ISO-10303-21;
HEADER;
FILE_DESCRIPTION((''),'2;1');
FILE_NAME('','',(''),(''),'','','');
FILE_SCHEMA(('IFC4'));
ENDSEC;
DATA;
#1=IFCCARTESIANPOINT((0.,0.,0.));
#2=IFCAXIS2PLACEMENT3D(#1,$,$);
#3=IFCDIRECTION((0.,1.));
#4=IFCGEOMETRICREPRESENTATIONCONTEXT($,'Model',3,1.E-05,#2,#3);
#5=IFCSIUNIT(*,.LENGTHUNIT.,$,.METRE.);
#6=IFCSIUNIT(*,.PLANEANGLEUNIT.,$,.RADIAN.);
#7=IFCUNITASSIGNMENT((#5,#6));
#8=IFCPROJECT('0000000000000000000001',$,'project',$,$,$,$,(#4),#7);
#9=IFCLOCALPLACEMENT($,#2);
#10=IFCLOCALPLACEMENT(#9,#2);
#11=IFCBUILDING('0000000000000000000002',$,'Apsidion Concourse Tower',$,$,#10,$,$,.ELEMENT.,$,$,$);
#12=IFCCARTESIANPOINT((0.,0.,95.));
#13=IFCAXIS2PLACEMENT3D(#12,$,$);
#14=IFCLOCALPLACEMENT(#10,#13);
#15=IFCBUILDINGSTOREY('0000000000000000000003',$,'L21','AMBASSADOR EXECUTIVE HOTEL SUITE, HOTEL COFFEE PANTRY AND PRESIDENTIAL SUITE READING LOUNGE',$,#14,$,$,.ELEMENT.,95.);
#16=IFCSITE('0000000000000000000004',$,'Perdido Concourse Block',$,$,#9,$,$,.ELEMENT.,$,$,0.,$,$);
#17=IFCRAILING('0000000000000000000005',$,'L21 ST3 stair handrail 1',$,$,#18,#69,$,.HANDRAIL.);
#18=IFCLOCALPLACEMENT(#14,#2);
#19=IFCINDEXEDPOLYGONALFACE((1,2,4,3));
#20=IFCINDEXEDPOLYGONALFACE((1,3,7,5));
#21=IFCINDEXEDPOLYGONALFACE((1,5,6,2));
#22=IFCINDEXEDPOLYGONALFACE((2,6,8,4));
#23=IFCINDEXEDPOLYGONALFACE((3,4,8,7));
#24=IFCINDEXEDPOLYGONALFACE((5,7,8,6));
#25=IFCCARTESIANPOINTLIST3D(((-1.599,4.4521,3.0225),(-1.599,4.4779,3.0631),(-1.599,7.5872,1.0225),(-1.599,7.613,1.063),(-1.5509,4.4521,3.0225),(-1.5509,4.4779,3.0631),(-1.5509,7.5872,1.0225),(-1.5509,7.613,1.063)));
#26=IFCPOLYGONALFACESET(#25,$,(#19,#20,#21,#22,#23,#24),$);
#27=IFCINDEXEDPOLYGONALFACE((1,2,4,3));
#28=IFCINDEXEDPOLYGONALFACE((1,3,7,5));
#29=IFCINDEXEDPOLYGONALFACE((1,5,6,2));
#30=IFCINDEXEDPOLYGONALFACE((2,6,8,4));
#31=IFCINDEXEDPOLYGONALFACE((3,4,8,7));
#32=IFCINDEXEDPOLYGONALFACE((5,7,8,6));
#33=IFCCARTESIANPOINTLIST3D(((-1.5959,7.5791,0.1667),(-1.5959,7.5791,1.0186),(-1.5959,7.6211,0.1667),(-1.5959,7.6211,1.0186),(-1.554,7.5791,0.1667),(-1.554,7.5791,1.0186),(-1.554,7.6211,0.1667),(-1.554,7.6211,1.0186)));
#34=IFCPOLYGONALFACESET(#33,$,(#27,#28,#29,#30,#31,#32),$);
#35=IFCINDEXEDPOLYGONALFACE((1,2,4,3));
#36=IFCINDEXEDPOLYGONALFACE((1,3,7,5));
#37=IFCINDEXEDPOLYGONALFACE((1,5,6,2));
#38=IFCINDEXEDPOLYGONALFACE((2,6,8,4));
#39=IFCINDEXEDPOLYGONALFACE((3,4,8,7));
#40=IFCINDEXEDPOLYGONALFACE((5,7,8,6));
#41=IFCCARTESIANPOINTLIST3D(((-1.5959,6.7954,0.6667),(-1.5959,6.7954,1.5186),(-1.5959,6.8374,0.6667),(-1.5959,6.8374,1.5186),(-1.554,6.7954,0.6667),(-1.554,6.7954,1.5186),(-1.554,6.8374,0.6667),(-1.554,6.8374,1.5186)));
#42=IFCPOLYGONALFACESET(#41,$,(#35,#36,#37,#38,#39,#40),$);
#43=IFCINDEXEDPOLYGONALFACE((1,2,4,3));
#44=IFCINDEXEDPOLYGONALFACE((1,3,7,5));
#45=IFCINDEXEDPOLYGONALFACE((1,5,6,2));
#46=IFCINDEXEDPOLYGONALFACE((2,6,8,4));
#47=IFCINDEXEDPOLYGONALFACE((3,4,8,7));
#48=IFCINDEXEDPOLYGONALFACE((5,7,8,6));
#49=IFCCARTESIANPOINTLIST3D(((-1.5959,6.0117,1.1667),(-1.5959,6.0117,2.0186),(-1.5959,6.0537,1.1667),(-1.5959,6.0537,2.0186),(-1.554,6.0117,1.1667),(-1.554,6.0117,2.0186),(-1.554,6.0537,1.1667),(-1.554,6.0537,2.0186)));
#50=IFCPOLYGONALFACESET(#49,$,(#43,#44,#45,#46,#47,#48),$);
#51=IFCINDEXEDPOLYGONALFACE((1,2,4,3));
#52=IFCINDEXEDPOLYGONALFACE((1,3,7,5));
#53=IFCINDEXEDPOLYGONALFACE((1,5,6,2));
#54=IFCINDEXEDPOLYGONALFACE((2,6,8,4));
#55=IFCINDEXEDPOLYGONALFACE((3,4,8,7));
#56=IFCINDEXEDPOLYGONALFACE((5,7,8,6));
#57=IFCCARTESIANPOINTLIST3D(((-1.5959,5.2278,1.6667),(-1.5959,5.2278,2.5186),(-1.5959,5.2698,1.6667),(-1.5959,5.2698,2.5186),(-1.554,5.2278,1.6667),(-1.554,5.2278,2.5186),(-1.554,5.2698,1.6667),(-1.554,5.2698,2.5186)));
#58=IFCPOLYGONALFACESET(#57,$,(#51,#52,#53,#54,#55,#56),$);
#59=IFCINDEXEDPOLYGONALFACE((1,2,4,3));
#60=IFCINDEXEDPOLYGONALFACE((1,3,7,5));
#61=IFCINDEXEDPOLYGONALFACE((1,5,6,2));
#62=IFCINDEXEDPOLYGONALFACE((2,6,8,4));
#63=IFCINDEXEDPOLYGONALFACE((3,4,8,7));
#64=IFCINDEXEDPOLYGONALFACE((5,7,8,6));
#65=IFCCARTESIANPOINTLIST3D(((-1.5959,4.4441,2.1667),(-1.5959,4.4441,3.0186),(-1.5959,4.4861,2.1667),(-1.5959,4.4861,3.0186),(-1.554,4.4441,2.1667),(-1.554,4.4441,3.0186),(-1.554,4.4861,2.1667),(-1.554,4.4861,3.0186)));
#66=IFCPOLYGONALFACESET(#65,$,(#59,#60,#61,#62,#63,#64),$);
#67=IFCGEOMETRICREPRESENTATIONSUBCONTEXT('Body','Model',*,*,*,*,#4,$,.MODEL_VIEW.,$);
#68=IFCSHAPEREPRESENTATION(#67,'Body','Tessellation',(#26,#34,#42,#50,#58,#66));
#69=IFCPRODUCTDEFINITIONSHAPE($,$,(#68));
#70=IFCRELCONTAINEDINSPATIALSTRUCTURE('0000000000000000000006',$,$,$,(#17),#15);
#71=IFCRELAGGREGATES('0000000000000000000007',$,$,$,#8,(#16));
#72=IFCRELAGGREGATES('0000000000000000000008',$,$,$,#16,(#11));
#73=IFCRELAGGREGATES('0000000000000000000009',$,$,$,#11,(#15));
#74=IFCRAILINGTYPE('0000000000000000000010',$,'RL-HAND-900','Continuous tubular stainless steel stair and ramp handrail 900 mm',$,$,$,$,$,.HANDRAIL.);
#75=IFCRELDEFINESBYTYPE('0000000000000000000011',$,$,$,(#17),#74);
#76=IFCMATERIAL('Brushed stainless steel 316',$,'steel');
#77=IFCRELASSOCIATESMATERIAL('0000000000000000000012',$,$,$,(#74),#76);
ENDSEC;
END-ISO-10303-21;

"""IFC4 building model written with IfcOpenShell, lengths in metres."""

from ifc_helpers import new_model, si_unit, direction, frame, origin, origin_2d, place, context, subcontext, project, spatial, rectangle, extrude, material, type_object, element, save


model = new_model("IFC4")

# Units and contexts
model_context = context("Model", 3, precision=1e-05, world=origin(), true_north=direction((0.0, 1.0)))
body_context = subcontext(model_context, "Body", "Model", "MODEL_VIEW")
ifc_project = project(units=[si_unit("LENGTHUNIT", "METRE"), si_unit("PLANEANGLEUNIT", "RADIAN")], contexts=[model_context])

# Site, building, storey
site_placement = place(None, origin())
site = spatial("IfcSite", under=ifc_project, at=site_placement, Name="Perdido Concourse Block", CompositionType="ELEMENT", RefElevation=0.0)
building_placement = place(site_placement, origin())
building = spatial("IfcBuilding", under=site, at=building_placement, Name="Apsidion Concourse Tower", CompositionType="ELEMENT")
storey_placement = place(building_placement, frame((0.0, 0.0, 95.0)))
storey = spatial("IfcBuildingStorey", under=building, at=storey_placement, Name="L21", Description="AMBASSADOR EXECUTIVE HOTEL SUITE, HOTEL COFFEE PANTRY AND PRESIDENTIAL SUITE READING LOUNGE", CompositionType="ELEMENT", Elevation=95.0)

# Railing
ifc_material_1 = material(Name="Brushed stainless steel 316", Category="steel")
railing_type_1 = type_object("IfcRailingType", Name="RL-HAND-900", Description="Continuous tubular stainless steel stair and ramp handrail 900 mm", PredefinedType="HANDRAIL", material=ifc_material_1)
for number, where, name in (
    (1, (-1.575, 7.6001, 0.1667), "L21 ST3 stair handrail 1"),
):
    element("IfcRailing", number, at=place(storey_placement, frame(where)), inside=storey, type_object=railing_type_1, Name=name, PredefinedType="HANDRAIL", context=body_context, shape_type="SweptSolid", body=[
        extrude(rectangle(XDim=0.0481, YDim=0.0481, at=origin_2d()), frame((0.0, 0.0, 0.876), z_axis=(0.0, -0.843053, 0.537831), x_axis=(1.0, 0.0, 0.0)), (0.0, 0.0, 1.0), 3.7188),
        extrude(rectangle(XDim=0.042, YDim=0.042, at=origin_2d()), origin(), (0.0, 0.0, 1.0), 0.8518),
        extrude(rectangle(XDim=0.042, YDim=0.042, at=origin_2d()), frame((0.0, -0.7837, 0.5)), (0.0, 0.0, 1.0), 0.8518),
        extrude(rectangle(XDim=0.042, YDim=0.042, at=origin_2d()), frame((0.0, -1.5674, 1.0)), (0.0, 0.0, 1.0), 0.8518),
        extrude(rectangle(XDim=0.042, YDim=0.042, at=origin_2d()), frame((0.0, -2.3513, 1.5)), (0.0, 0.0, 1.0), 0.8518),
        extrude(rectangle(XDim=0.042, YDim=0.042, at=origin_2d()), frame((0.0, -3.135, 2.0)), (0.0, 0.0, 1.0), 0.8518),
    ])

save(model, "model.ifc")
